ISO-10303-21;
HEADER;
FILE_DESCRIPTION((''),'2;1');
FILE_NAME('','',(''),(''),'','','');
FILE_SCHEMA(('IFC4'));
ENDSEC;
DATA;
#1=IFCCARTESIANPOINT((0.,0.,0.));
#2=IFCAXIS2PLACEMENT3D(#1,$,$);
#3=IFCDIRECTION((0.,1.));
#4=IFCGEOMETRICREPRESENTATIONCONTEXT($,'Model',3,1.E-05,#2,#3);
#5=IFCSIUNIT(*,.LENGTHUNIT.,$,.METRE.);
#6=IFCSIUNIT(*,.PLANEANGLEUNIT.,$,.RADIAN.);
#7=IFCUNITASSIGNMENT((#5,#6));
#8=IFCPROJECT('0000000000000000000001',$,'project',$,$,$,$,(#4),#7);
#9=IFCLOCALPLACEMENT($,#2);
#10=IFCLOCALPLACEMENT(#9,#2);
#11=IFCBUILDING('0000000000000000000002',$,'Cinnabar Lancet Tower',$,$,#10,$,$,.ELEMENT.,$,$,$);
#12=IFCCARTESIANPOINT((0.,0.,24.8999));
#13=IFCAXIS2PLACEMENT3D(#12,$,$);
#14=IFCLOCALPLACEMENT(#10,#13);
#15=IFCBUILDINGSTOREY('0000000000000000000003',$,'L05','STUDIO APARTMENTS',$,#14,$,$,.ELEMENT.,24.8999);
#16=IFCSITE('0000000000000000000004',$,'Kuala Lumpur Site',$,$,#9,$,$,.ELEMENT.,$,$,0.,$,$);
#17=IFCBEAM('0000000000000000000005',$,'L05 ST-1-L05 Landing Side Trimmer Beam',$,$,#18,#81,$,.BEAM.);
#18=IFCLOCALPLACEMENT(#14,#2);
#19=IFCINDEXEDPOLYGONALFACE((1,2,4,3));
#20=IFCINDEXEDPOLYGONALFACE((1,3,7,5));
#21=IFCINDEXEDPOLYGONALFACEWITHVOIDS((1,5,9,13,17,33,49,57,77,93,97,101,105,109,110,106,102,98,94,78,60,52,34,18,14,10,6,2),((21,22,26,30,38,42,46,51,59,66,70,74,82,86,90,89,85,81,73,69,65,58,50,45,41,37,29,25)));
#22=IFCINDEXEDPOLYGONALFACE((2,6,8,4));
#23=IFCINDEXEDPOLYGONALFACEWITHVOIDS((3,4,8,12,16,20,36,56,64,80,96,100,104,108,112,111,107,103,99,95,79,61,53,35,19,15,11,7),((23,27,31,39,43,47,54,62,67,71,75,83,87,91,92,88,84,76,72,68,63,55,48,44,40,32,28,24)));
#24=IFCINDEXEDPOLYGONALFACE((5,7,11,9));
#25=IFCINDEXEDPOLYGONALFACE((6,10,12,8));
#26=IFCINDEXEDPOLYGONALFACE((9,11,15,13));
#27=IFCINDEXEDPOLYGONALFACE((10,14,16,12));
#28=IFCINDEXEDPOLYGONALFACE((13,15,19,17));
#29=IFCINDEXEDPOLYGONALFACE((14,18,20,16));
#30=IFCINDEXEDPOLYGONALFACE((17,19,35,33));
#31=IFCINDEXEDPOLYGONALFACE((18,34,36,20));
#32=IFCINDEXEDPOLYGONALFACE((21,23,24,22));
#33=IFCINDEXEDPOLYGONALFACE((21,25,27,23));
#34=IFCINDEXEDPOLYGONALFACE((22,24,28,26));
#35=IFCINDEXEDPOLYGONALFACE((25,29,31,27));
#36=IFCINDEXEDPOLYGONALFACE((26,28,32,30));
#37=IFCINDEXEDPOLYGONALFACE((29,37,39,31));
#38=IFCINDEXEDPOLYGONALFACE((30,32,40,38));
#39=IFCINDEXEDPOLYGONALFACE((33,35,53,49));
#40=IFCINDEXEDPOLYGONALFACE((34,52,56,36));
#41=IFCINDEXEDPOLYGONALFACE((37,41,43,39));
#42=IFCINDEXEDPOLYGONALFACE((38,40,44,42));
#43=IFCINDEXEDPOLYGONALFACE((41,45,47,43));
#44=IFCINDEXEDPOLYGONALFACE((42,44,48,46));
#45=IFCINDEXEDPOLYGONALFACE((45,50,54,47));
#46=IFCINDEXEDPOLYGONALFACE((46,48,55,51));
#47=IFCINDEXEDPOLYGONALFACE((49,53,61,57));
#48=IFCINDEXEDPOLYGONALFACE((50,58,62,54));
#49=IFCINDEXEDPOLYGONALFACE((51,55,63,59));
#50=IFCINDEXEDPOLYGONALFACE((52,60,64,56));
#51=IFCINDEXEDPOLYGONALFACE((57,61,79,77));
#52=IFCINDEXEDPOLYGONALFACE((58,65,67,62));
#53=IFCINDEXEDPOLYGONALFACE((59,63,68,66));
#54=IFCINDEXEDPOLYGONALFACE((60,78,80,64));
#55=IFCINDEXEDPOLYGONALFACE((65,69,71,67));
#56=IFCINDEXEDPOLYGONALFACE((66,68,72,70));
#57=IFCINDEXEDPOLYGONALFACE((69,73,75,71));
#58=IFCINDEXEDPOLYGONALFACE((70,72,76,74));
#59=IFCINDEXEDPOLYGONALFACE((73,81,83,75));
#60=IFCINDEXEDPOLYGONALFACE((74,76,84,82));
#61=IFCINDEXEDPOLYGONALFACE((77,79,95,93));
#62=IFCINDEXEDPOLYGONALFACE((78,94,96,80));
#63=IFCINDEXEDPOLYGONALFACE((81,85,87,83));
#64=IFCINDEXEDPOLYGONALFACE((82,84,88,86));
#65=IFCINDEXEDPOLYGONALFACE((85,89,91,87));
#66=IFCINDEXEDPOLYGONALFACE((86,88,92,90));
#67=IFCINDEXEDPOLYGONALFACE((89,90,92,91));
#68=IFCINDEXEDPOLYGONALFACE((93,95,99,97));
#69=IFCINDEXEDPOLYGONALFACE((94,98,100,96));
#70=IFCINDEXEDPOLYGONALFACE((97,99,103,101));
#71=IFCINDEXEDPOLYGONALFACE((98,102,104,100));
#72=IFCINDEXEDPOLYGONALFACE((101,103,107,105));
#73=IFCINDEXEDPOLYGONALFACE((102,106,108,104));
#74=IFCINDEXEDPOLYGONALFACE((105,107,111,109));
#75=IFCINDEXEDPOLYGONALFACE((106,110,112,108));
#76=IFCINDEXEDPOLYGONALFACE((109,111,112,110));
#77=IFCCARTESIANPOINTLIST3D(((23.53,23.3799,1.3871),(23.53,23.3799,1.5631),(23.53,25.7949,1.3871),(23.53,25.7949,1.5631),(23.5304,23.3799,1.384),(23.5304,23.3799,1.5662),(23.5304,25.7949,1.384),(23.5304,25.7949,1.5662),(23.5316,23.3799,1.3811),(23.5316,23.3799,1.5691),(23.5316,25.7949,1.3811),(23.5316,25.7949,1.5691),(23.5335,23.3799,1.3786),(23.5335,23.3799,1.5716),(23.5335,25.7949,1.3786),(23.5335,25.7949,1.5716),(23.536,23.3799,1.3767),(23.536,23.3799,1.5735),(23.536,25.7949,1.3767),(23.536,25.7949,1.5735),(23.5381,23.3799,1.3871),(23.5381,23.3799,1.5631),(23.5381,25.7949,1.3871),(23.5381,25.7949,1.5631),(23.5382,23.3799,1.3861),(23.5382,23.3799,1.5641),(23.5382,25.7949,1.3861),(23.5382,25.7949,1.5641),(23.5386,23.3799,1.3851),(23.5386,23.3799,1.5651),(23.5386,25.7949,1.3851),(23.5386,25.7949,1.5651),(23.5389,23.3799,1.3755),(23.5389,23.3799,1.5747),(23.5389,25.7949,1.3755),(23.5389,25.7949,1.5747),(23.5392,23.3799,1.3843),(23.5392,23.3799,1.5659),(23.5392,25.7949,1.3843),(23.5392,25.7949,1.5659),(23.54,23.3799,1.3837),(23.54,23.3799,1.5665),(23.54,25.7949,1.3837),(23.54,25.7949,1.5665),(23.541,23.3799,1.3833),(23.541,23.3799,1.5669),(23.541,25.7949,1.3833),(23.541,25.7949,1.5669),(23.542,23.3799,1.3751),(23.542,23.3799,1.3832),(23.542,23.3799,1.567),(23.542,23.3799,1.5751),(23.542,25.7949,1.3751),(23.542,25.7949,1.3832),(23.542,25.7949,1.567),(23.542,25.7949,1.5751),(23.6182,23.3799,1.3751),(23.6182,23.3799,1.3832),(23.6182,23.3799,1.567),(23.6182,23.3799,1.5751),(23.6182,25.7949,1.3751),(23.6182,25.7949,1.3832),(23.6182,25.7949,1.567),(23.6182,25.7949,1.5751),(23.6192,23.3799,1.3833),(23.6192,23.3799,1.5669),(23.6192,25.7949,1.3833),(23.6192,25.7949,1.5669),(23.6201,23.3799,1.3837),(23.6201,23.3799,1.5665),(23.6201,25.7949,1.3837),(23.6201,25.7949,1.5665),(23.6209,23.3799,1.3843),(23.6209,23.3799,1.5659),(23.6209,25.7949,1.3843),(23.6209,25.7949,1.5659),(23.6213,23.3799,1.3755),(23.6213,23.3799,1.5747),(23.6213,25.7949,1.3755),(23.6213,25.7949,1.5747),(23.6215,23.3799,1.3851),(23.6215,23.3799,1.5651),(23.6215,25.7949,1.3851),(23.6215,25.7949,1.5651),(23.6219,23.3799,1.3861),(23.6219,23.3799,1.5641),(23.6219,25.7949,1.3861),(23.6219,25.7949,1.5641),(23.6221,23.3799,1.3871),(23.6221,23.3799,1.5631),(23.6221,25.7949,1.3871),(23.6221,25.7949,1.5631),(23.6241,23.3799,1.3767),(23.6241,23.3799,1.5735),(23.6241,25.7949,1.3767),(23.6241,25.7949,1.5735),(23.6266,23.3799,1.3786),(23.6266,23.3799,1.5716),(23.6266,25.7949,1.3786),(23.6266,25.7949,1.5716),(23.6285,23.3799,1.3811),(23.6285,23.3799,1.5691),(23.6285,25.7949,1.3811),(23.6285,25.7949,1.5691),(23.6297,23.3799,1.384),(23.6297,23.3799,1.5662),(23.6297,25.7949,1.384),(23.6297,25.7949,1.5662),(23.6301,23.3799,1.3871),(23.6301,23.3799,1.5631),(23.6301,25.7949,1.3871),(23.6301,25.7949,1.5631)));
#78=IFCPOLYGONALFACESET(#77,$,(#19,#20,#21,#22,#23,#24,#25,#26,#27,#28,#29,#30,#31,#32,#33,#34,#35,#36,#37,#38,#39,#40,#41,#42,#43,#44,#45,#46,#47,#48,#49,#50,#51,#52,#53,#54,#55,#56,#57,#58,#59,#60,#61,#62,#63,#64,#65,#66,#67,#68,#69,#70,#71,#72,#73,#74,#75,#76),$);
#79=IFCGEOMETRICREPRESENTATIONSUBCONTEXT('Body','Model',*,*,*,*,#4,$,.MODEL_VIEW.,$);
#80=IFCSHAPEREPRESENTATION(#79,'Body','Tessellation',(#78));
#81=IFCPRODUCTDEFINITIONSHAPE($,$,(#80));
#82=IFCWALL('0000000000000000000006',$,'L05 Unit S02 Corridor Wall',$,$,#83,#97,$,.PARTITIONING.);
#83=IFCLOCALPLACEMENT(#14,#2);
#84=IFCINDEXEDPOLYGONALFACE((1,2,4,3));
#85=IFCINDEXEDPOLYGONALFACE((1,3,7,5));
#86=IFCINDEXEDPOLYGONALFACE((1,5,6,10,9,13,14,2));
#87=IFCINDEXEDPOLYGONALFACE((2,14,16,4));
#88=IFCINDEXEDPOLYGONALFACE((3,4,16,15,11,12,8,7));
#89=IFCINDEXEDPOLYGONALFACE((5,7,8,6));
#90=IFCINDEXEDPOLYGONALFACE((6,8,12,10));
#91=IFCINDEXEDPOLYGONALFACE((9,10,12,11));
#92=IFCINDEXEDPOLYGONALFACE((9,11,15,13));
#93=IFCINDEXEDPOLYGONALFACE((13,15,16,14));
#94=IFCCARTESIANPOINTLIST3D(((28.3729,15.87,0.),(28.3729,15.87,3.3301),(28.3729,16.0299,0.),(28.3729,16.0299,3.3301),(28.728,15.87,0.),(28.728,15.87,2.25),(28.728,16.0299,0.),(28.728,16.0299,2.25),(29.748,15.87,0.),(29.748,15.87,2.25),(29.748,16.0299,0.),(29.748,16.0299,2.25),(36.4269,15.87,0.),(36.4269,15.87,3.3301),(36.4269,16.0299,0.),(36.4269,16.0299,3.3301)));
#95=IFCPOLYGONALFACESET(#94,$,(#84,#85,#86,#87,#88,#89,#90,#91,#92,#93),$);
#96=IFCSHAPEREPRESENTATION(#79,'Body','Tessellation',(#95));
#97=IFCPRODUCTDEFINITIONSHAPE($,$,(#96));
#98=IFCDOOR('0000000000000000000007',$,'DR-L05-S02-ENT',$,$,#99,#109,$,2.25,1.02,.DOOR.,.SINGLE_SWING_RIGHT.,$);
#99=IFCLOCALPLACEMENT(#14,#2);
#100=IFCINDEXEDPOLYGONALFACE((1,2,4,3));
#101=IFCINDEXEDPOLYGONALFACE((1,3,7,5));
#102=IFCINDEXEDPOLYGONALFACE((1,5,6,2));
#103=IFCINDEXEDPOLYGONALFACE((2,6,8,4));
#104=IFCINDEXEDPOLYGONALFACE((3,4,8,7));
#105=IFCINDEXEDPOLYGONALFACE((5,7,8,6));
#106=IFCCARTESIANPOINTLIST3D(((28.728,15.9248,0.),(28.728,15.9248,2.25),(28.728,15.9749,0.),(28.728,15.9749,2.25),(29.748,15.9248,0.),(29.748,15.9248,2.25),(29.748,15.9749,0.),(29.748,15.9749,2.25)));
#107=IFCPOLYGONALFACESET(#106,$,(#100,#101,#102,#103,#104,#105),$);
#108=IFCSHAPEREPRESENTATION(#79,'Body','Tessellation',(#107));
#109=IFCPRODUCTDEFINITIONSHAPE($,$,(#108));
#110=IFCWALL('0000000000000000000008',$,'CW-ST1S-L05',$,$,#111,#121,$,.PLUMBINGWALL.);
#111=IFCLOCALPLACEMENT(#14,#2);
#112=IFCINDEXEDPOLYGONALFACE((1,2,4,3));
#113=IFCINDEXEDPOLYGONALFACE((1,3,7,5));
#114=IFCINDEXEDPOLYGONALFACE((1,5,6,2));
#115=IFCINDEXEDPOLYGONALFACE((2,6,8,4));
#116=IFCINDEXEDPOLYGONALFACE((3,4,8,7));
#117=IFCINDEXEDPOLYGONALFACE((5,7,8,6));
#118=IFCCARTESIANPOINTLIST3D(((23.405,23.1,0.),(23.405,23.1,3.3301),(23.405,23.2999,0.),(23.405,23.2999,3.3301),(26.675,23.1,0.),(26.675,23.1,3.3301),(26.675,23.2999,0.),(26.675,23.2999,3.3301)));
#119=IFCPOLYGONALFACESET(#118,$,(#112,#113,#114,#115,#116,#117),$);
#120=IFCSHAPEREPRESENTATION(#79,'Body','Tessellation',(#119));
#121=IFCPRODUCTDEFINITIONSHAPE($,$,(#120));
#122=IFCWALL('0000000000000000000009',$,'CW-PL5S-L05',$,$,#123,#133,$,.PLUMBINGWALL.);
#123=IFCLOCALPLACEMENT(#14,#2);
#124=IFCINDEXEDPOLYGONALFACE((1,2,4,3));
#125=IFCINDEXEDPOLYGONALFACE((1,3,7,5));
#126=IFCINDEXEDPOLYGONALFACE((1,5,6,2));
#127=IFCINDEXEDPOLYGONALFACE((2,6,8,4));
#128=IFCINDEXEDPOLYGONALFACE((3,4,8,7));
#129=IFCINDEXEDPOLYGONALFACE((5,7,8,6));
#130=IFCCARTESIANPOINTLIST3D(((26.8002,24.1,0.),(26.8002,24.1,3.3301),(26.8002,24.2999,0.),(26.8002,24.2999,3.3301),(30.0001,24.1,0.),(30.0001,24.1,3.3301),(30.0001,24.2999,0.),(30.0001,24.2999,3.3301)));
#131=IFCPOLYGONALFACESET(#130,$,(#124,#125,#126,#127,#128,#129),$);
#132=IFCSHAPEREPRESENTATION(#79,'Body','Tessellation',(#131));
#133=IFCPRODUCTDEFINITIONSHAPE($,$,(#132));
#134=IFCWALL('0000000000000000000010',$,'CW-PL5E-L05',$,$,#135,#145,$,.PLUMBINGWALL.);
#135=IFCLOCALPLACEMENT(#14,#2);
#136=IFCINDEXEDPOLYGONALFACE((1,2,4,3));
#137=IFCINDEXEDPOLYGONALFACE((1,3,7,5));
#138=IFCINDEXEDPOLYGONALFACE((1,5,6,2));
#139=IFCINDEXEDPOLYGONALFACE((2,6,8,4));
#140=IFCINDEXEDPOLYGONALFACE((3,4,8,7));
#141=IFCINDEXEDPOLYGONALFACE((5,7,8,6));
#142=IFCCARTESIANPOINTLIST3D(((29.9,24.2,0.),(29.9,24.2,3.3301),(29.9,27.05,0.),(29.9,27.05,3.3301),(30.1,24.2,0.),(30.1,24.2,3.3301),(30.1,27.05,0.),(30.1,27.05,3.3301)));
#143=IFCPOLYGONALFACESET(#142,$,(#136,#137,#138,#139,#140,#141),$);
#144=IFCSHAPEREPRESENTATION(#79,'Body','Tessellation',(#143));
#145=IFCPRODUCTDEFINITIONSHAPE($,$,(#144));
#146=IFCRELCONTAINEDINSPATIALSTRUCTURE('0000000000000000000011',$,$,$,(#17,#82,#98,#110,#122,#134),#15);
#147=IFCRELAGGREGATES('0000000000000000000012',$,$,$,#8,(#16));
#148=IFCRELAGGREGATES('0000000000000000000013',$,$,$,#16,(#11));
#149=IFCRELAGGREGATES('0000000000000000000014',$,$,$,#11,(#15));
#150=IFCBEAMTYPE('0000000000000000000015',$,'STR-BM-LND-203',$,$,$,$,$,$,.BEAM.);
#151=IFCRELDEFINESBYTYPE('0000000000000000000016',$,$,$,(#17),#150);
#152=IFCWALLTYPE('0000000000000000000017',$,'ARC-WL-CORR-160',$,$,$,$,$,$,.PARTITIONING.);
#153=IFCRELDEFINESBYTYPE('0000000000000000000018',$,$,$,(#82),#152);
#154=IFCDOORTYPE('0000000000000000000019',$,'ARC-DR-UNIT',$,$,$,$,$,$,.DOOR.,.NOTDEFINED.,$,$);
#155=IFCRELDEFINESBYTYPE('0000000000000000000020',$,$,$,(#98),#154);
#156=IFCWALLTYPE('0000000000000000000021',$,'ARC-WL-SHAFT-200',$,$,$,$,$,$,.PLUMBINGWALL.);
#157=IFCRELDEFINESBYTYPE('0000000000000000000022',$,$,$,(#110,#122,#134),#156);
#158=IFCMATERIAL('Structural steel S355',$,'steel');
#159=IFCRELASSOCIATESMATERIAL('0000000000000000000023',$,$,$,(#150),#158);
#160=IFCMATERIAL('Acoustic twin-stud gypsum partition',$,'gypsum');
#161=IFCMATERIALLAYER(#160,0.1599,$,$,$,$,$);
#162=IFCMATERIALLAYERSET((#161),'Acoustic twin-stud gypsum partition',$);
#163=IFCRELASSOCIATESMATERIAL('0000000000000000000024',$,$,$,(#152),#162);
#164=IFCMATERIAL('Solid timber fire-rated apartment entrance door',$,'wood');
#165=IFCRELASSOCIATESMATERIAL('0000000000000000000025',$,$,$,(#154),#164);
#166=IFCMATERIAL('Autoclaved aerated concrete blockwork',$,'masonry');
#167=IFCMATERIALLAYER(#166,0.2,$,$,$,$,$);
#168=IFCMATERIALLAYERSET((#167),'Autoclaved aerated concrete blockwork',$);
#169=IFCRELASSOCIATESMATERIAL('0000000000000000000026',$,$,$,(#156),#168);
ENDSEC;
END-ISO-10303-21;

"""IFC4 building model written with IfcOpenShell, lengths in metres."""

from ifc_helpers import new_model, si_unit, direction, frame, frame_2d, origin, origin_2d, place, context, subcontext, project, spatial, rectangle, hollow_rectangle, extrude, material, layer, layer_set, material_profile, profile_set, type_object, element, fill, save


model = new_model("IFC4")

# Units and contexts
model_context = context("Model", 3, precision=1e-05, world=origin(), true_north=direction((0.0, 1.0)))
body_context = subcontext(model_context, "Body", "Model", "MODEL_VIEW")
ifc_project = project(units=[si_unit("LENGTHUNIT", "METRE"), si_unit("PLANEANGLEUNIT", "RADIAN")], contexts=[model_context])

# Site, building, storey
site_placement = place(None, origin())
site = spatial("IfcSite", under=ifc_project, at=site_placement, Name="Kuala Lumpur Site", CompositionType="ELEMENT", RefElevation=0.0)
building_placement = place(site_placement, origin())
building = spatial("IfcBuilding", under=site, at=building_placement, Name="Cinnabar Lancet Tower", CompositionType="ELEMENT")
storey_placement = place(building_placement, frame((0.0, 0.0, 24.8999)))
storey = spatial("IfcBuildingStorey", under=building, at=storey_placement, Name="L05", Description="STUDIO APARTMENTS", CompositionType="ELEMENT", Elevation=24.8999)

# Beam
ifc_material_1 = material(Name="Structural steel S355", Category="steel")
ifc_material_profile = material_profile(ifc_material_1, hollow_rectangle(XDim=0.1001, YDim=0.2, WallThickness=0.0081, InnerFilletRadius=0.0039, OuterFilletRadius=0.012, at=origin_2d()), Name="RHS 200x100x8")
ifc_profile_set = profile_set([ifc_material_profile], Name="Structural steel S355")
beam_type = type_object("IfcBeamType", Name="STR-BM-LND-203", PredefinedType="BEAM", material=ifc_profile_set)
beam_placement = place(storey_placement, frame((23.5801, 23.3799, 1.4751), z_axis=(0.0, 1.0, 0.0), x_axis=(-1.0, 0.0, 0.0)))
element("IfcBeam", 1, at=beam_placement, inside=storey, type_object=beam_type, Name="L05 ST-1-L05 Landing Side Trimmer Beam", PredefinedType="BEAM", context=body_context, shape_type="SweptSolid", body=[
    extrude(hollow_rectangle(XDim=0.1001, YDim=0.2, WallThickness=0.0081, InnerFilletRadius=0.0039, OuterFilletRadius=0.012, at=origin_2d()), origin(), (0.0, 0.0, 1.0), 2.415),
])

# Wall, opening, door
ifc_material_2 = material(Name="Acoustic twin-stud gypsum partition", Category="gypsum")
ifc_layer_1 = layer(ifc_material_2, 0.1599)
ifc_layer_set_1 = layer_set([ifc_layer_1], Name="Acoustic twin-stud gypsum partition")
wall_type_1 = type_object("IfcWallType", Name="ARC-WL-CORR-160", PredefinedType="PARTITIONING", material=ifc_layer_set_1)
wall_1_placement = place(storey_placement, frame((28.373, 15.95, 0.0), z_axis=(0.0, 0.0, 1.0), x_axis=(1.0, 0.0, 0.0)))
wall_1 = element("IfcWall", 2, at=wall_1_placement, inside=storey, type_object=wall_type_1, Name="L05 Unit S02 Corridor Wall", PredefinedType="PARTITIONING", context=body_context, shape_type="SweptSolid", body=[
    extrude(rectangle(XDim=8.054, YDim=0.1599, at=frame_2d((4.0269, 0.0))), origin(), (0.0, 0.0, 1.0), 3.3301),
])
opening_1_placement = place(wall_1_placement, frame((0.355, 0.0, 0.0)))
opening_1 = element("IfcOpeningElement", 3, at=opening_1_placement, cuts=wall_1, PredefinedType="OPENING", context=body_context, shape_type="SweptSolid", body=[
    extrude(rectangle(XDim=1.02, YDim=2.25, at=frame_2d((0.51, 1.125))), frame((0.0, 0.0898, 0.0), z_axis=(0.0, -1.0, 0.0), x_axis=(1.0, 0.0, 0.0)), (0.0, 0.0, 1.0), 0.1799),
])
ifc_material_3 = material(Name="Solid timber fire-rated apartment entrance door", Category="wood")
door_type_1 = type_object("IfcDoorType", Name="ARC-DR-UNIT", OperationType="NOTDEFINED", PredefinedType="DOOR", material=ifc_material_3)
door_1_placement = place(opening_1_placement, origin())
door_1 = element("IfcDoor", 4, at=door_1_placement, inside=storey, type_object=door_type_1, Name="DR-L05-S02-ENT", OperationType="SINGLE_SWING_RIGHT", OverallHeight=2.25, OverallWidth=1.02, PredefinedType="DOOR", context=body_context, shape_type="SweptSolid", body=[
    extrude(rectangle(XDim=1.02, YDim=2.25, at=frame_2d((0.51, 1.125))), frame((0.0, 0.0249, 0.0), z_axis=(0.0, -1.0, 0.0), x_axis=(1.0, 0.0, 0.0)), (0.0, 0.0, 1.0), 0.05),
])
fill(opening_1, door_1)

# Walls
ifc_material_4 = material(Name="Autoclaved aerated concrete blockwork", Category="masonry")
ifc_layer_2 = layer(ifc_material_4, 0.2)
ifc_layer_set_2 = layer_set([ifc_layer_2], Name="Autoclaved aerated concrete blockwork")
wall_type_2 = type_object("IfcWallType", Name="ARC-WL-SHAFT-200", PredefinedType="PLUMBINGWALL", material=ifc_layer_set_2)
wall_2_placement = place(storey_placement, frame((23.405, 23.2, 0.0), z_axis=(0.0, 0.0, 1.0), x_axis=(1.0, 0.0, 0.0)))
element("IfcWall", 5, at=wall_2_placement, inside=storey, type_object=wall_type_2, Name="CW-ST1S-L05", PredefinedType="PLUMBINGWALL", context=body_context, shape_type="SweptSolid", body=[
    extrude(rectangle(XDim=3.27, YDim=0.2, at=frame_2d((1.635, 0.0))), origin(), (0.0, 0.0, 1.0), 3.3301),
])
wall_3_placement = place(storey_placement, frame((26.8, 24.2, 0.0), z_axis=(0.0, 0.0, 1.0), x_axis=(1.0, 0.0, 0.0)))
element("IfcWall", 6, at=wall_3_placement, inside=storey, type_object=wall_type_2, Name="CW-PL5S-L05", PredefinedType="PLUMBINGWALL", context=body_context, shape_type="SweptSolid", body=[
    extrude(rectangle(XDim=3.2, YDim=0.2, at=frame_2d((1.6001, 0.0))), origin(), (0.0, 0.0, 1.0), 3.3301),
])
wall_4_placement = place(storey_placement, frame((30.0, 24.2, 0.0), z_axis=(0.0, 0.0, 1.0), x_axis=(0.0, 1.0, 0.0)))
element("IfcWall", 7, at=wall_4_placement, inside=storey, type_object=wall_type_2, Name="CW-PL5E-L05", PredefinedType="PLUMBINGWALL", context=body_context, shape_type="SweptSolid", body=[
    extrude(rectangle(XDim=2.8501, YDim=0.2, at=frame_2d((1.425, 0.0))), origin(), (0.0, 0.0, 1.0), 3.3301),
])

save(model, "model.ifc")
